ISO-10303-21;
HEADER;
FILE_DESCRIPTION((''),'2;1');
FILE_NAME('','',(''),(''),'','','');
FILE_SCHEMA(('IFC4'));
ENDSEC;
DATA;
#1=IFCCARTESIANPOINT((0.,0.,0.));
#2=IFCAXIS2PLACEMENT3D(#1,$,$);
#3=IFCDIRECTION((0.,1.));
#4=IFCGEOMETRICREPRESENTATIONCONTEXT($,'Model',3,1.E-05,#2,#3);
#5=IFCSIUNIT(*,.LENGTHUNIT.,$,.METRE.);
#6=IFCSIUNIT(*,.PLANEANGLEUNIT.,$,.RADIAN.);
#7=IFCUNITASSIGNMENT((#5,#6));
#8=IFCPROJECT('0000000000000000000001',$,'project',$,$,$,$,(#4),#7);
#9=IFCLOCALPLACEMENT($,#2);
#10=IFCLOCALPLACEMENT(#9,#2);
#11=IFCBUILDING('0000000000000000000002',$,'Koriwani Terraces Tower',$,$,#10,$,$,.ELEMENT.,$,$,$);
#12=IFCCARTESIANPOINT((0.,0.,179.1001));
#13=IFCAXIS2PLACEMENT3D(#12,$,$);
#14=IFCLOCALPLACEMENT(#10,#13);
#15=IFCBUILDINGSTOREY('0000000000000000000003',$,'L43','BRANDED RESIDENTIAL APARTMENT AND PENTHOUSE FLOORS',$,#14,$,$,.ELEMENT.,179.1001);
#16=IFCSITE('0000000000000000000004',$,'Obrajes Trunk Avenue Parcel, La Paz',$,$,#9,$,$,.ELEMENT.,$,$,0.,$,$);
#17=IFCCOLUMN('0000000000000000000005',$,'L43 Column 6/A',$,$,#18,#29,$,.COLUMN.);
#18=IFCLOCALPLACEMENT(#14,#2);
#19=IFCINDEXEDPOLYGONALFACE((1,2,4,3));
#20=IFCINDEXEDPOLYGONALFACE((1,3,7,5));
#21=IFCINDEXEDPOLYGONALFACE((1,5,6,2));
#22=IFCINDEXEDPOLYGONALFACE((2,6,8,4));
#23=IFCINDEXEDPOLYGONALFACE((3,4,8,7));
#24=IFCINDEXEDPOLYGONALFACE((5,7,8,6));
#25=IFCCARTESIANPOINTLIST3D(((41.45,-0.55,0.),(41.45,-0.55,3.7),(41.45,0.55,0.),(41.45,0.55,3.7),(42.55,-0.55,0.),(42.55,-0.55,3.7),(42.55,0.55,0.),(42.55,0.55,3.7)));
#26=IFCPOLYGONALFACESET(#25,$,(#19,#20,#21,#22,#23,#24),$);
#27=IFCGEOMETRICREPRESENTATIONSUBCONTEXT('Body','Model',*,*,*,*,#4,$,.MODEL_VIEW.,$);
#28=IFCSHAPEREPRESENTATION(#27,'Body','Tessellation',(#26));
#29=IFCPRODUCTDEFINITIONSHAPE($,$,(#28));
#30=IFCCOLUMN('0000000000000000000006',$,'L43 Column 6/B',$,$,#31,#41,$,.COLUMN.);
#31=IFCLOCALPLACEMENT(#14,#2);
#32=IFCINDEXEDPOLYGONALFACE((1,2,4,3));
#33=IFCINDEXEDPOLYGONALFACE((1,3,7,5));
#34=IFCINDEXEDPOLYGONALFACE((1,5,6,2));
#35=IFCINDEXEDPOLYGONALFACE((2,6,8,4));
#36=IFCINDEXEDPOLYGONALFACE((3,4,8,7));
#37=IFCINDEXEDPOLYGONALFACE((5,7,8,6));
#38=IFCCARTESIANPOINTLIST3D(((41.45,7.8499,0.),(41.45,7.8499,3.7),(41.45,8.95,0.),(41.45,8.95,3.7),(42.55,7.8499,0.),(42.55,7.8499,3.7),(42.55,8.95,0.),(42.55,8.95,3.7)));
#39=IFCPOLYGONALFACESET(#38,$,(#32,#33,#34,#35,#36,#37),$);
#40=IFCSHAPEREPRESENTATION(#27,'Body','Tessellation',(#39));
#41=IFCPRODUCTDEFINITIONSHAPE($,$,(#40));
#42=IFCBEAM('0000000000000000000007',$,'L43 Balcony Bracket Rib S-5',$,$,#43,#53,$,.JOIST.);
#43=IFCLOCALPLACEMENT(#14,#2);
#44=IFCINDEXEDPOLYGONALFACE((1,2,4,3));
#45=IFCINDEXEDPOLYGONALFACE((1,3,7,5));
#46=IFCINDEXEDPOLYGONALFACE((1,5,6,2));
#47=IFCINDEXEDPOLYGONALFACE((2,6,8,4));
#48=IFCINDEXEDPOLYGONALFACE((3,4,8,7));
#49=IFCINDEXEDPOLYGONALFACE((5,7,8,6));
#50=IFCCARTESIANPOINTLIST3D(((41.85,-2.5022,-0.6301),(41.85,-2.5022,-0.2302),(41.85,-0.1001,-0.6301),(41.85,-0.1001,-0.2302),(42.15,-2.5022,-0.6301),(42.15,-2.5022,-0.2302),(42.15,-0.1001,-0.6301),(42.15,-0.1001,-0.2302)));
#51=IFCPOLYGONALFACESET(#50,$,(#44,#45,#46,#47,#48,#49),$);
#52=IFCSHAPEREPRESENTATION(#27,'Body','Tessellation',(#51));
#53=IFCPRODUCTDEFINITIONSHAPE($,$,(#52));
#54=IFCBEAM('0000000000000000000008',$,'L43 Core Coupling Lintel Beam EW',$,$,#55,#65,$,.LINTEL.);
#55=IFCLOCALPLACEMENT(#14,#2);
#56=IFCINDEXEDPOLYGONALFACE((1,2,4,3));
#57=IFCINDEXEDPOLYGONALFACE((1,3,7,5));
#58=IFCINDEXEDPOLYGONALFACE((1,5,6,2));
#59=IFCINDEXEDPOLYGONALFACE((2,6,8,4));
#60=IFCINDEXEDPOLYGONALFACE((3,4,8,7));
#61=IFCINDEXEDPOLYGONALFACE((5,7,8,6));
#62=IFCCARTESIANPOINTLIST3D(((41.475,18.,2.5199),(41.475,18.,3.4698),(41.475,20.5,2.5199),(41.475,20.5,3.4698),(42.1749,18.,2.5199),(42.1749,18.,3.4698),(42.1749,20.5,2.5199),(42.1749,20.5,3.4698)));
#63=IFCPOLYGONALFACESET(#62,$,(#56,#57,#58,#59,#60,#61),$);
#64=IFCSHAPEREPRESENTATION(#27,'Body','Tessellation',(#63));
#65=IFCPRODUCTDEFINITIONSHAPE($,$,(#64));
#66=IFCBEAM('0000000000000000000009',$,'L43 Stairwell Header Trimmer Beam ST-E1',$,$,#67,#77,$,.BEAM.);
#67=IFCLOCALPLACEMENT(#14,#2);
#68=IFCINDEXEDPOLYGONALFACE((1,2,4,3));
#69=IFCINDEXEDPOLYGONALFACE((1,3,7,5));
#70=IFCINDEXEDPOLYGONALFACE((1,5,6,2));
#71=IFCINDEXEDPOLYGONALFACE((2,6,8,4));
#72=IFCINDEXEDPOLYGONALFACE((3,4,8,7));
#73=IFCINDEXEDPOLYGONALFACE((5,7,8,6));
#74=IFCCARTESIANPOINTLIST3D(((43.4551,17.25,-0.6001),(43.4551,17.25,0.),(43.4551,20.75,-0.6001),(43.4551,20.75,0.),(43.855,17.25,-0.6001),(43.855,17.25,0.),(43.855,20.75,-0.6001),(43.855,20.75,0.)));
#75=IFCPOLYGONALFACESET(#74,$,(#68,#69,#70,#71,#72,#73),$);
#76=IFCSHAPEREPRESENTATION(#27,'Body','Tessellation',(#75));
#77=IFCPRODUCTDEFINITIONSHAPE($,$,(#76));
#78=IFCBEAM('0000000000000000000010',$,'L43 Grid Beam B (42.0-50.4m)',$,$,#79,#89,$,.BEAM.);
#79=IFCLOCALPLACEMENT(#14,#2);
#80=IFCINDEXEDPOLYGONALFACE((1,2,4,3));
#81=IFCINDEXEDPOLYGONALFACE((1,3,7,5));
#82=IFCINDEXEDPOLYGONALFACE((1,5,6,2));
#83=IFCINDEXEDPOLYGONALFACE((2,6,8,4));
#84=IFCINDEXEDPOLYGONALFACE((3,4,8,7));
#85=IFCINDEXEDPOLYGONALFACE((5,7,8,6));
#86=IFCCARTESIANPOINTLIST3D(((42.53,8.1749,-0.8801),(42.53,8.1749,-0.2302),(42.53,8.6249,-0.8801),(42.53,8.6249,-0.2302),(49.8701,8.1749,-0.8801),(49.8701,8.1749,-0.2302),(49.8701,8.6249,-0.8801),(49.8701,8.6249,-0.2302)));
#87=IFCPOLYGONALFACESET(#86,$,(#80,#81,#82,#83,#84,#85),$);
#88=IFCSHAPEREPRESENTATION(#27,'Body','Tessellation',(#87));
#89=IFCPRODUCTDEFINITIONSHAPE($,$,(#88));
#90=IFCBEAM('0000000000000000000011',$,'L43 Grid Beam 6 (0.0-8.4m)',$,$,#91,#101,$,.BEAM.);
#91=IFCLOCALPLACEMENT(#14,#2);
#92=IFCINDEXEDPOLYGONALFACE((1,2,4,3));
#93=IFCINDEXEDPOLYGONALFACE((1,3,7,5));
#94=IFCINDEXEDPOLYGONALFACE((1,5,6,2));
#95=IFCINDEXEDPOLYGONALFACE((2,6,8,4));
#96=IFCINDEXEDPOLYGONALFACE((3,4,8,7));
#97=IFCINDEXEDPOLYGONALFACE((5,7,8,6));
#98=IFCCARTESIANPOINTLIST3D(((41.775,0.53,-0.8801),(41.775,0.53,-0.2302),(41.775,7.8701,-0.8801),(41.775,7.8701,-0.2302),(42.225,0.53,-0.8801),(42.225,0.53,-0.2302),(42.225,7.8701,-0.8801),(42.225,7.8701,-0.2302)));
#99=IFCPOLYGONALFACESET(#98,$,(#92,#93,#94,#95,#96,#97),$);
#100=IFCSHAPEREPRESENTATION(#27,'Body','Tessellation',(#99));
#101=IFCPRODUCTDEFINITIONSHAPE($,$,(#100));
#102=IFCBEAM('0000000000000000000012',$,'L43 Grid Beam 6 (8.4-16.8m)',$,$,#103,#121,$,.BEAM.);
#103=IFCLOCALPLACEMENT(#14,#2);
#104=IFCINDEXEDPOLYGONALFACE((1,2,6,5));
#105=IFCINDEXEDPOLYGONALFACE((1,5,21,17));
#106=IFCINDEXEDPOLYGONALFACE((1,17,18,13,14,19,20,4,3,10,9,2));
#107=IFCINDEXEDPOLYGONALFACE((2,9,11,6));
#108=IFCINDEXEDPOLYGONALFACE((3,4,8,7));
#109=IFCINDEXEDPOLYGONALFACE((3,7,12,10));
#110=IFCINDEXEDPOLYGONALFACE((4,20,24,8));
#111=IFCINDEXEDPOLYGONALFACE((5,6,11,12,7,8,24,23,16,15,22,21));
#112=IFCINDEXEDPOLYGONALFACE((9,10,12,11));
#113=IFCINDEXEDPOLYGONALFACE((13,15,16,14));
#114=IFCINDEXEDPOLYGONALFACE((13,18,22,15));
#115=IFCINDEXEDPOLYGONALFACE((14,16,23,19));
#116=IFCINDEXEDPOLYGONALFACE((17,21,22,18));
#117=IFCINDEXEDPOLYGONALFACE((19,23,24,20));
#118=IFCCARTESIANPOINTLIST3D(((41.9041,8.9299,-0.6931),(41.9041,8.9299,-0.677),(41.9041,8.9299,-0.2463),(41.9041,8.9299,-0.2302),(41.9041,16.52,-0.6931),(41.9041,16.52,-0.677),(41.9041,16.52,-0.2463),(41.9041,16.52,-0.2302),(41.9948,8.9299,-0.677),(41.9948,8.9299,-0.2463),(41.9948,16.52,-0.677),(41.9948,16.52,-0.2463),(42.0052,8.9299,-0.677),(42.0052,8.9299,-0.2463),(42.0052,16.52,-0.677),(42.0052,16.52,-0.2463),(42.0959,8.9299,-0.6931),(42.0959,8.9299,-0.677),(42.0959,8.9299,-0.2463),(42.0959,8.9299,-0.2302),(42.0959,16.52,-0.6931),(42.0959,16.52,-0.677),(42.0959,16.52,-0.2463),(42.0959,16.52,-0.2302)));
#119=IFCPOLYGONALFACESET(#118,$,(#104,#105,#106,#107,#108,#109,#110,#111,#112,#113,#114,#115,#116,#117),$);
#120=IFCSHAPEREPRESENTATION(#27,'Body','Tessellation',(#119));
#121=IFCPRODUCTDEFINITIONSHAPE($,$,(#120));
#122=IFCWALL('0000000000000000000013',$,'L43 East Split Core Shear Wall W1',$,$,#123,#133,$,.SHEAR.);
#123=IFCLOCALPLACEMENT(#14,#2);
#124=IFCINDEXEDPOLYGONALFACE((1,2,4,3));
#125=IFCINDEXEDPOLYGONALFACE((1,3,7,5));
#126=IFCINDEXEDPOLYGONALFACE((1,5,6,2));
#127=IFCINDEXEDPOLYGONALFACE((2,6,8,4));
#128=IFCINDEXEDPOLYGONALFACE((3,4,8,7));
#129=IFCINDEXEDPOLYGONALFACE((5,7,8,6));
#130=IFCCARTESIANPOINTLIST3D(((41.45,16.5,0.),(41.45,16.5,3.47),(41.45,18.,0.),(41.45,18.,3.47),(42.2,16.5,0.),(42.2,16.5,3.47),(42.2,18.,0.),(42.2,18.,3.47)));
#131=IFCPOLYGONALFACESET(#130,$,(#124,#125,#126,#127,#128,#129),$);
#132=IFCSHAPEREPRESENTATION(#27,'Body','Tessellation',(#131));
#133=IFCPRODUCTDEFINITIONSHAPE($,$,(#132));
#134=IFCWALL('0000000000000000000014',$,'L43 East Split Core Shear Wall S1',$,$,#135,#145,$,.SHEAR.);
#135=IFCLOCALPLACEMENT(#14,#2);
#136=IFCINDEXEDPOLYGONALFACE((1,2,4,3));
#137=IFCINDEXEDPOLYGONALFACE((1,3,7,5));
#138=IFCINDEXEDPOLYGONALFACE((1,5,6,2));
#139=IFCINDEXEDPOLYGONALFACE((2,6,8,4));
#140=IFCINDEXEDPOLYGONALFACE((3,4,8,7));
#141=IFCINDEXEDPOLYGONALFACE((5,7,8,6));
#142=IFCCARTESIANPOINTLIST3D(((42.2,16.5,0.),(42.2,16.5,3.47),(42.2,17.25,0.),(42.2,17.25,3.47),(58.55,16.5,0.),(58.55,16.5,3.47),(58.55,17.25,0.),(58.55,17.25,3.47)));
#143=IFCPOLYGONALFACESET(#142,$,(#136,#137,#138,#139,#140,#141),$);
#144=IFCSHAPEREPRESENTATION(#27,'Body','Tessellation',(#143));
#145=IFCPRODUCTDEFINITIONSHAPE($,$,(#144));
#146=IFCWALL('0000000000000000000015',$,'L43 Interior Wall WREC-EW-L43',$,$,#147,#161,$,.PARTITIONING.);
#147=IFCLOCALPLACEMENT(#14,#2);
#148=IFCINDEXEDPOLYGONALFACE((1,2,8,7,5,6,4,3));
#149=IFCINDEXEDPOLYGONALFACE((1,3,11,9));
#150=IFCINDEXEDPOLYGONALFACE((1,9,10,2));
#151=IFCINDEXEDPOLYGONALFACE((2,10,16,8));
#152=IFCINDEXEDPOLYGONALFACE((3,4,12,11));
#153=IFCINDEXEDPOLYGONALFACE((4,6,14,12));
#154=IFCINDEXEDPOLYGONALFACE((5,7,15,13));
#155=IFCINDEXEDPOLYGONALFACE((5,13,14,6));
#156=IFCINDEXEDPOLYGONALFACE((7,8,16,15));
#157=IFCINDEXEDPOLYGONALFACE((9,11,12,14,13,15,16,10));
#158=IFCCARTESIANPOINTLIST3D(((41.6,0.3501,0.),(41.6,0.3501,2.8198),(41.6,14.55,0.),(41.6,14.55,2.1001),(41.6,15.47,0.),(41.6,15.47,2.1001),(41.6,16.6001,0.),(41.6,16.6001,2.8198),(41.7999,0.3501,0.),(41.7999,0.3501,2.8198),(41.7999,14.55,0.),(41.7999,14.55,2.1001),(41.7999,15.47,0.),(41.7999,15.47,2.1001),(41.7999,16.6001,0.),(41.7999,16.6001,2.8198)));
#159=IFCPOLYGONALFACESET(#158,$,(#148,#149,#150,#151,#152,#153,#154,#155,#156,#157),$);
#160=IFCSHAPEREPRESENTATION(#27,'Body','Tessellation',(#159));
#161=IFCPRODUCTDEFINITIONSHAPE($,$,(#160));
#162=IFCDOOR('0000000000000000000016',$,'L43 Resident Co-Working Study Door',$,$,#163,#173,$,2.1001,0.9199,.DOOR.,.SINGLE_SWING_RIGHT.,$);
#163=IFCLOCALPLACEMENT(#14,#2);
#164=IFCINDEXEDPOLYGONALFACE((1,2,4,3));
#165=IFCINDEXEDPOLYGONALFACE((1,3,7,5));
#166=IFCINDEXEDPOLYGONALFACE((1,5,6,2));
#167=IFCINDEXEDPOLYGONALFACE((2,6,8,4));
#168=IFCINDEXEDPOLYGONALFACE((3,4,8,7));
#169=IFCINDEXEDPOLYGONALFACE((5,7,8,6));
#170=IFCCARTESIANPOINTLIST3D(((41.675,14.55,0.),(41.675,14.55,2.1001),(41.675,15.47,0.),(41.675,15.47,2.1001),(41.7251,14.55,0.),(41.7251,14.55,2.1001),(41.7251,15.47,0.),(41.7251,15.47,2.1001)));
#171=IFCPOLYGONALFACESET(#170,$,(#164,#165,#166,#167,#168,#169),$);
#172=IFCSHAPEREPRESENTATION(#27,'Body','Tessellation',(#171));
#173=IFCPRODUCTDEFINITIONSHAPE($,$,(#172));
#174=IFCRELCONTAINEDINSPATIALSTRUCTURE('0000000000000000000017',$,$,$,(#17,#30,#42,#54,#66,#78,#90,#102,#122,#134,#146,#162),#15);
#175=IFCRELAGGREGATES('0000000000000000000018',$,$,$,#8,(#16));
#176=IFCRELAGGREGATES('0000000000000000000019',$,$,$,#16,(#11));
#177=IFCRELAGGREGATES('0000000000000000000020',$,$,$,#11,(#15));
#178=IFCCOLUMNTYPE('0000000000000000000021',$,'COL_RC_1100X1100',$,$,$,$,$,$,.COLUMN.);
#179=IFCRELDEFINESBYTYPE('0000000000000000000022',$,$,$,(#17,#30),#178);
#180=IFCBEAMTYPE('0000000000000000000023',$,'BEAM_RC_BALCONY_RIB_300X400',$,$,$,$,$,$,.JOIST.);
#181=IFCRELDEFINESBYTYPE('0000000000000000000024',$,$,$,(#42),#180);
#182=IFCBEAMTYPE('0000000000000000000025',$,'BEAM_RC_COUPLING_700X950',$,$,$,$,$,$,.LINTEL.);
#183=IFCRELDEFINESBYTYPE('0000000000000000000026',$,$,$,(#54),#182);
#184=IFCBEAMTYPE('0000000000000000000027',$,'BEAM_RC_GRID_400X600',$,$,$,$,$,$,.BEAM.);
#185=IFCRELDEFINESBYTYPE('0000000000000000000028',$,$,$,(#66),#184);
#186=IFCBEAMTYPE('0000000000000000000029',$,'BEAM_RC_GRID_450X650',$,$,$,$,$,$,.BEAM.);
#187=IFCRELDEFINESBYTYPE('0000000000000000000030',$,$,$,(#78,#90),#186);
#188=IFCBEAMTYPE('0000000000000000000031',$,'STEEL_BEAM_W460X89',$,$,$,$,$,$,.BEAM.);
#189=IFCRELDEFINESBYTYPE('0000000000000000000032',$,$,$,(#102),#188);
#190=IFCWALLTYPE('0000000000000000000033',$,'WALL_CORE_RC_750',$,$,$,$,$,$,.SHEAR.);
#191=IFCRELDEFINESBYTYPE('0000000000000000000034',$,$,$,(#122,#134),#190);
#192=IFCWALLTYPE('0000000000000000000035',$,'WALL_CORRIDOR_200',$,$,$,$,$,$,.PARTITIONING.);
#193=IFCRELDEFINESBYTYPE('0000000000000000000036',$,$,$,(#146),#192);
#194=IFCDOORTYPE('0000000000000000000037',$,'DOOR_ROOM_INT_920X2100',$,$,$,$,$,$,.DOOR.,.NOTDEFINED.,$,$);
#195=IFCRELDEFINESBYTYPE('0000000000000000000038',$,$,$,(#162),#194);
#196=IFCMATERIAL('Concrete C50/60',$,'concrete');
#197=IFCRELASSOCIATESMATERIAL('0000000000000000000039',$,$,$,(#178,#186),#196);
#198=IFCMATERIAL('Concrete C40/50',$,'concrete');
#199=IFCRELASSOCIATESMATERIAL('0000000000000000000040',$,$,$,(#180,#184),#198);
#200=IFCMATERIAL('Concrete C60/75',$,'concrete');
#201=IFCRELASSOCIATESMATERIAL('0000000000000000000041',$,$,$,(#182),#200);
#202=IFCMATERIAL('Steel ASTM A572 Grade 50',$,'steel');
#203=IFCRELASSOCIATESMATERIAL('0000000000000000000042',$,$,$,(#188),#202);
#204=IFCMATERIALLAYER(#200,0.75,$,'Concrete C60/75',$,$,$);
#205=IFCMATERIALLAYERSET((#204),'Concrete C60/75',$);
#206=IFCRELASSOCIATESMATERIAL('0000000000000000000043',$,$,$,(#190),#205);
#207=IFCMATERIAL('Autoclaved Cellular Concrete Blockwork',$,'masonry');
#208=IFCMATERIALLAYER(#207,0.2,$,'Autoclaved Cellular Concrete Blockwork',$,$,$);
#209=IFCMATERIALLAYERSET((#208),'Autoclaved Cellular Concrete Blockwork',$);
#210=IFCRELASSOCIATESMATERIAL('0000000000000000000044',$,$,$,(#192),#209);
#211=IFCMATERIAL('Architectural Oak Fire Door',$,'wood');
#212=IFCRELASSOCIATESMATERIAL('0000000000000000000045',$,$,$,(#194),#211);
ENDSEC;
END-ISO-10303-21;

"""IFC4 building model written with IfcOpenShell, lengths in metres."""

from ifc_helpers import new_model, si_unit, direction, frame, frame_2d, origin, origin_2d, place, context, subcontext, project, spatial, rectangle, i_section, extrude, material, layer, layer_set, material_profile, profile_set, type_object, element, fill, save


model = new_model("IFC4")

# Units and contexts
model_context = context("Model", 3, precision=1e-05, world=origin(), true_north=direction((0.0, 1.0)))
body_context = subcontext(model_context, "Body", "Model", "MODEL_VIEW")
ifc_project = project(units=[si_unit("LENGTHUNIT", "METRE"), si_unit("PLANEANGLEUNIT", "RADIAN")], contexts=[model_context])

# Site, building, storey
site_placement = place(None, origin())
site = spatial("IfcSite", under=ifc_project, at=site_placement, Name="Obrajes Trunk Avenue Parcel, La Paz", CompositionType="ELEMENT", RefElevation=0.0)
building_placement = place(site_placement, origin())
building = spatial("IfcBuilding", under=site, at=building_placement, Name="Koriwani Terraces Tower", CompositionType="ELEMENT")
storey_placement = place(building_placement, frame((0.0, 0.0, 179.1001)))
storey = spatial("IfcBuildingStorey", under=building, at=storey_placement, Name="L43", Description="BRANDED RESIDENTIAL APARTMENT AND PENTHOUSE FLOORS", CompositionType="ELEMENT", Elevation=179.1001)

# Columns
ifc_material_1 = material(Name="Concrete C50/60", Category="concrete")
ifc_material_profile_1 = material_profile(ifc_material_1, rectangle(XDim=1.1001, YDim=1.1001, at=origin_2d()), Name="Concrete C50/60", Category="LoadBearing")
ifc_profile_set_1 = profile_set([ifc_material_profile_1], Name="Concrete C50/60")
column_type = type_object("IfcColumnType", Name="COL_RC_1100X1100", PredefinedType="COLUMN", material=ifc_profile_set_1)
for number, where, z_axis, x_axis, name in (
    (1, (42.0, 0.0, 0.0), (0.0, 0.0, 1.0), (1.0, 0.0, 0.0), "L43 Column 6/A"),
    (2, (42.0, 8.3999, 0.0), (0.0, 0.0, 1.0), (1.0, 0.0, 0.0), "L43 Column 6/B"),
):
    element("IfcColumn", number, at=place(storey_placement, frame(where, z_axis=z_axis, x_axis=x_axis)), inside=storey, type_object=column_type, Name=name, PredefinedType="COLUMN", context=body_context, shape_type="SweptSolid", body=[
        extrude(rectangle(XDim=1.1001, YDim=1.1001, at=origin_2d()), origin(), (0.0, 0.0, 1.0), 3.7),
    ])

# Beams
ifc_material_2 = material(Name="Concrete C40/50", Category="concrete")
ifc_material_profile_2 = material_profile(ifc_material_2, rectangle(XDim=0.3, YDim=0.3999, at=origin_2d()), Name="Concrete C40/50", Category="LoadBearing")
ifc_profile_set_2 = profile_set([ifc_material_profile_2], Name="Concrete C40/50")
beam_type_1 = type_object("IfcBeamType", Name="BEAM_RC_BALCONY_RIB_300X400", PredefinedType="JOIST", material=ifc_profile_set_2)
beam_1_placement = place(storey_placement, frame((42.0, -2.5022, -0.4302), z_axis=(0.0, 1.0, 0.0), x_axis=(-1.0, 0.0, 0.0)))
element("IfcBeam", 3, at=beam_1_placement, inside=storey, type_object=beam_type_1, Name="L43 Balcony Bracket Rib S-5", PredefinedType="JOIST", context=body_context, shape_type="SweptSolid", body=[
    extrude(rectangle(XDim=0.3, YDim=0.3999, at=origin_2d()), origin(), (0.0, 0.0, 1.0), 2.4021),
])
ifc_material_3 = material(Name="Concrete C60/75", Category="concrete")
ifc_material_profile_3 = material_profile(ifc_material_3, rectangle(XDim=0.7, YDim=0.95, at=origin_2d()), Name="Concrete C60/75", Category="LoadBearing")
ifc_profile_set_3 = profile_set([ifc_material_profile_3], Name="Concrete C60/75")
beam_type_2 = type_object("IfcBeamType", Name="BEAM_RC_COUPLING_700X950", PredefinedType="LINTEL", material=ifc_profile_set_3)
beam_2_placement = place(storey_placement, frame((41.825, 18.0, 2.9949), z_axis=(0.0, 1.0, 0.0), x_axis=(-1.0, 0.0, 0.0)))
element("IfcBeam", 4, at=beam_2_placement, inside=storey, type_object=beam_type_2, Name="L43 Core Coupling Lintel Beam EW", PredefinedType="LINTEL", context=body_context, shape_type="SweptSolid", body=[
    extrude(rectangle(XDim=0.7, YDim=0.95, at=origin_2d()), origin(), (0.0, 0.0, 1.0), 2.5),
])
ifc_material_profile_4 = material_profile(ifc_material_2, rectangle(XDim=0.3999, YDim=0.6001, at=origin_2d()), Name="Concrete C40/50", Category="LoadBearing")
ifc_profile_set_4 = profile_set([ifc_material_profile_4], Name="Concrete C40/50")
beam_type_3 = type_object("IfcBeamType", Name="BEAM_RC_GRID_400X600", PredefinedType="BEAM", material=ifc_profile_set_4)
beam_3_placement = place(storey_placement, frame((43.655, 17.25, -0.3), z_axis=(0.0, 1.0, 0.0), x_axis=(-1.0, 0.0, 0.0)))
element("IfcBeam", 5, at=beam_3_placement, inside=storey, type_object=beam_type_3, Name="L43 Stairwell Header Trimmer Beam ST-E1", PredefinedType="BEAM", context=body_context, shape_type="SweptSolid", body=[
    extrude(rectangle(XDim=0.3999, YDim=0.6001, at=origin_2d()), origin(), (0.0, 0.0, 1.0), 3.5),
])
ifc_material_profile_5 = material_profile(ifc_material_1, rectangle(XDim=0.45, YDim=0.6499, at=origin_2d()), Name="Concrete C50/60", Category="LoadBearing")
ifc_profile_set_5 = profile_set([ifc_material_profile_5], Name="Concrete C50/60")
beam_type_4 = type_object("IfcBeamType", Name="BEAM_RC_GRID_450X650", PredefinedType="BEAM", material=ifc_profile_set_5)
for number, where, z_axis, x_axis, name in (
    (6, (42.53, 8.3999, -0.5552), (1.0, 0.0, 0.0), (0.0, 1.0, 0.0), "L43 Grid Beam B (42.0-50.4m)"),
    (7, (42.0, 0.53, -0.5552), (0.0, 1.0, 0.0), (-1.0, 0.0, 0.0), "L43 Grid Beam 6 (0.0-8.4m)"),
):
    element("IfcBeam", number, at=place(storey_placement, frame(where, z_axis=z_axis, x_axis=x_axis)), inside=storey, type_object=beam_type_4, Name=name, PredefinedType="BEAM", context=body_context, shape_type="SweptSolid", body=[
        extrude(rectangle(XDim=0.45, YDim=0.6499, at=origin_2d()), origin(), (0.0, 0.0, 1.0), 7.3401),
    ])
ifc_material_4 = material(Name="Steel ASTM A572 Grade 50", Category="steel")
ifc_material_profile_6 = material_profile(ifc_material_4, i_section(OverallWidth=0.1919, OverallDepth=0.4629, WebThickness=0.0105, FlangeThickness=0.0161, at=origin_2d()), Name="Steel ASTM A572 Grade 50", Category="LoadBearing")
ifc_profile_set_6 = profile_set([ifc_material_profile_6], Name="Steel ASTM A572 Grade 50")
beam_type_5 = type_object("IfcBeamType", Name="STEEL_BEAM_W460X89", PredefinedType="BEAM", material=ifc_profile_set_6)
beam_4_placement = place(storey_placement, frame((42.0, 8.9299, -0.4617), z_axis=(0.0, 1.0, 0.0), x_axis=(-1.0, 0.0, 0.0)))
element("IfcBeam", 8, at=beam_4_placement, inside=storey, type_object=beam_type_5, Name="L43 Grid Beam 6 (8.4-16.8m)", PredefinedType="BEAM", context=body_context, shape_type="SweptSolid", body=[
    extrude(i_section(OverallWidth=0.1919, OverallDepth=0.4629, WebThickness=0.0105, FlangeThickness=0.0161, at=origin_2d()), origin(), (0.0, 0.0, 1.0), 7.5901),
])

# Walls
ifc_layer_1 = layer(ifc_material_3, 0.75, Name="Concrete C60/75")
ifc_layer_set_1 = layer_set([ifc_layer_1], Name="Concrete C60/75")
wall_type_1 = type_object("IfcWallType", Name="WALL_CORE_RC_750", PredefinedType="SHEAR", material=ifc_layer_set_1)
wall_1_placement = place(storey_placement, frame((41.825, 16.5, 0.0), z_axis=(0.0, 0.0, 1.0), x_axis=(0.0, 1.0, 0.0)))
element("IfcWall", 9, at=wall_1_placement, inside=storey, type_object=wall_type_1, Name="L43 East Split Core Shear Wall W1", PredefinedType="SHEAR", context=body_context, shape_type="SweptSolid", body=[
    extrude(rectangle(XDim=1.5, YDim=0.75, at=frame_2d((0.75, 0.0))), origin(), (0.0, 0.0, 1.0), 3.47),
])
wall_2_placement = place(storey_placement, frame((42.2, 16.875, 0.0), z_axis=(0.0, 0.0, 1.0), x_axis=(1.0, 0.0, 0.0)))
element("IfcWall", 10, at=wall_2_placement, inside=storey, type_object=wall_type_1, Name="L43 East Split Core Shear Wall S1", PredefinedType="SHEAR", context=body_context, shape_type="SweptSolid", body=[
    extrude(rectangle(XDim=16.3501, YDim=0.75, at=frame_2d((8.175, 0.0))), origin(), (0.0, 0.0, 1.0), 3.47),
])

# Wall, opening, door
ifc_material_5 = material(Name="Autoclaved Cellular Concrete Blockwork", Category="masonry")
ifc_layer_2 = layer(ifc_material_5, 0.2, Name="Autoclaved Cellular Concrete Blockwork")
ifc_layer_set_2 = layer_set([ifc_layer_2], Name="Autoclaved Cellular Concrete Blockwork")
wall_type_2 = type_object("IfcWallType", Name="WALL_CORRIDOR_200", PredefinedType="PARTITIONING", material=ifc_layer_set_2)
wall_3_placement = place(storey_placement, frame((41.7, 0.3501, 0.0), z_axis=(0.0, 0.0, 1.0), x_axis=(0.0, 1.0, 0.0)))
wall_3 = element("IfcWall", 11, at=wall_3_placement, inside=storey, type_object=wall_type_2, Name="L43 Interior Wall WREC-EW-L43", PredefinedType="PARTITIONING", context=body_context, shape_type="SweptSolid", body=[
    extrude(rectangle(XDim=16.25, YDim=0.2, at=frame_2d((8.125, 0.0))), origin(), (0.0, 0.0, 1.0), 2.8198),
])
opening_1_placement = place(wall_3_placement, frame((14.2, 0.0, 0.0)))
opening_1 = element("IfcOpeningElement", 12, at=opening_1_placement, cuts=wall_3, PredefinedType="OPENING", context=body_context, shape_type="SweptSolid", body=[
    extrude(rectangle(XDim=0.9199, YDim=2.1001, at=frame_2d((0.46, 1.05))), frame((0.0, 0.1099, 0.0), z_axis=(0.0, -1.0, 0.0), x_axis=(1.0, 0.0, 0.0)), (0.0, 0.0, 1.0), 0.22),
])
ifc_material_6 = material(Name="Architectural Oak Fire Door", Category="wood")
door_type_1 = type_object("IfcDoorType", Name="DOOR_ROOM_INT_920X2100", OperationType="NOTDEFINED", PredefinedType="DOOR", material=ifc_material_6)
door_1_placement = place(opening_1_placement, origin())
door_1 = element("IfcDoor", 13, at=door_1_placement, inside=storey, type_object=door_type_1, Name="L43 Resident Co-Working Study Door", OperationType="SINGLE_SWING_RIGHT", OverallHeight=2.1001, OverallWidth=0.9199, PredefinedType="DOOR", context=body_context, shape_type="SweptSolid", body=[
    extrude(rectangle(XDim=0.9199, YDim=2.1001, at=frame_2d((0.46, 1.05))), frame((0.0, 0.0249, 0.0), z_axis=(0.0, -1.0, 0.0), x_axis=(1.0, 0.0, 0.0)), (0.0, 0.0, 1.0), 0.05),
])
fill(opening_1, door_1)

save(model, "model.ifc")
